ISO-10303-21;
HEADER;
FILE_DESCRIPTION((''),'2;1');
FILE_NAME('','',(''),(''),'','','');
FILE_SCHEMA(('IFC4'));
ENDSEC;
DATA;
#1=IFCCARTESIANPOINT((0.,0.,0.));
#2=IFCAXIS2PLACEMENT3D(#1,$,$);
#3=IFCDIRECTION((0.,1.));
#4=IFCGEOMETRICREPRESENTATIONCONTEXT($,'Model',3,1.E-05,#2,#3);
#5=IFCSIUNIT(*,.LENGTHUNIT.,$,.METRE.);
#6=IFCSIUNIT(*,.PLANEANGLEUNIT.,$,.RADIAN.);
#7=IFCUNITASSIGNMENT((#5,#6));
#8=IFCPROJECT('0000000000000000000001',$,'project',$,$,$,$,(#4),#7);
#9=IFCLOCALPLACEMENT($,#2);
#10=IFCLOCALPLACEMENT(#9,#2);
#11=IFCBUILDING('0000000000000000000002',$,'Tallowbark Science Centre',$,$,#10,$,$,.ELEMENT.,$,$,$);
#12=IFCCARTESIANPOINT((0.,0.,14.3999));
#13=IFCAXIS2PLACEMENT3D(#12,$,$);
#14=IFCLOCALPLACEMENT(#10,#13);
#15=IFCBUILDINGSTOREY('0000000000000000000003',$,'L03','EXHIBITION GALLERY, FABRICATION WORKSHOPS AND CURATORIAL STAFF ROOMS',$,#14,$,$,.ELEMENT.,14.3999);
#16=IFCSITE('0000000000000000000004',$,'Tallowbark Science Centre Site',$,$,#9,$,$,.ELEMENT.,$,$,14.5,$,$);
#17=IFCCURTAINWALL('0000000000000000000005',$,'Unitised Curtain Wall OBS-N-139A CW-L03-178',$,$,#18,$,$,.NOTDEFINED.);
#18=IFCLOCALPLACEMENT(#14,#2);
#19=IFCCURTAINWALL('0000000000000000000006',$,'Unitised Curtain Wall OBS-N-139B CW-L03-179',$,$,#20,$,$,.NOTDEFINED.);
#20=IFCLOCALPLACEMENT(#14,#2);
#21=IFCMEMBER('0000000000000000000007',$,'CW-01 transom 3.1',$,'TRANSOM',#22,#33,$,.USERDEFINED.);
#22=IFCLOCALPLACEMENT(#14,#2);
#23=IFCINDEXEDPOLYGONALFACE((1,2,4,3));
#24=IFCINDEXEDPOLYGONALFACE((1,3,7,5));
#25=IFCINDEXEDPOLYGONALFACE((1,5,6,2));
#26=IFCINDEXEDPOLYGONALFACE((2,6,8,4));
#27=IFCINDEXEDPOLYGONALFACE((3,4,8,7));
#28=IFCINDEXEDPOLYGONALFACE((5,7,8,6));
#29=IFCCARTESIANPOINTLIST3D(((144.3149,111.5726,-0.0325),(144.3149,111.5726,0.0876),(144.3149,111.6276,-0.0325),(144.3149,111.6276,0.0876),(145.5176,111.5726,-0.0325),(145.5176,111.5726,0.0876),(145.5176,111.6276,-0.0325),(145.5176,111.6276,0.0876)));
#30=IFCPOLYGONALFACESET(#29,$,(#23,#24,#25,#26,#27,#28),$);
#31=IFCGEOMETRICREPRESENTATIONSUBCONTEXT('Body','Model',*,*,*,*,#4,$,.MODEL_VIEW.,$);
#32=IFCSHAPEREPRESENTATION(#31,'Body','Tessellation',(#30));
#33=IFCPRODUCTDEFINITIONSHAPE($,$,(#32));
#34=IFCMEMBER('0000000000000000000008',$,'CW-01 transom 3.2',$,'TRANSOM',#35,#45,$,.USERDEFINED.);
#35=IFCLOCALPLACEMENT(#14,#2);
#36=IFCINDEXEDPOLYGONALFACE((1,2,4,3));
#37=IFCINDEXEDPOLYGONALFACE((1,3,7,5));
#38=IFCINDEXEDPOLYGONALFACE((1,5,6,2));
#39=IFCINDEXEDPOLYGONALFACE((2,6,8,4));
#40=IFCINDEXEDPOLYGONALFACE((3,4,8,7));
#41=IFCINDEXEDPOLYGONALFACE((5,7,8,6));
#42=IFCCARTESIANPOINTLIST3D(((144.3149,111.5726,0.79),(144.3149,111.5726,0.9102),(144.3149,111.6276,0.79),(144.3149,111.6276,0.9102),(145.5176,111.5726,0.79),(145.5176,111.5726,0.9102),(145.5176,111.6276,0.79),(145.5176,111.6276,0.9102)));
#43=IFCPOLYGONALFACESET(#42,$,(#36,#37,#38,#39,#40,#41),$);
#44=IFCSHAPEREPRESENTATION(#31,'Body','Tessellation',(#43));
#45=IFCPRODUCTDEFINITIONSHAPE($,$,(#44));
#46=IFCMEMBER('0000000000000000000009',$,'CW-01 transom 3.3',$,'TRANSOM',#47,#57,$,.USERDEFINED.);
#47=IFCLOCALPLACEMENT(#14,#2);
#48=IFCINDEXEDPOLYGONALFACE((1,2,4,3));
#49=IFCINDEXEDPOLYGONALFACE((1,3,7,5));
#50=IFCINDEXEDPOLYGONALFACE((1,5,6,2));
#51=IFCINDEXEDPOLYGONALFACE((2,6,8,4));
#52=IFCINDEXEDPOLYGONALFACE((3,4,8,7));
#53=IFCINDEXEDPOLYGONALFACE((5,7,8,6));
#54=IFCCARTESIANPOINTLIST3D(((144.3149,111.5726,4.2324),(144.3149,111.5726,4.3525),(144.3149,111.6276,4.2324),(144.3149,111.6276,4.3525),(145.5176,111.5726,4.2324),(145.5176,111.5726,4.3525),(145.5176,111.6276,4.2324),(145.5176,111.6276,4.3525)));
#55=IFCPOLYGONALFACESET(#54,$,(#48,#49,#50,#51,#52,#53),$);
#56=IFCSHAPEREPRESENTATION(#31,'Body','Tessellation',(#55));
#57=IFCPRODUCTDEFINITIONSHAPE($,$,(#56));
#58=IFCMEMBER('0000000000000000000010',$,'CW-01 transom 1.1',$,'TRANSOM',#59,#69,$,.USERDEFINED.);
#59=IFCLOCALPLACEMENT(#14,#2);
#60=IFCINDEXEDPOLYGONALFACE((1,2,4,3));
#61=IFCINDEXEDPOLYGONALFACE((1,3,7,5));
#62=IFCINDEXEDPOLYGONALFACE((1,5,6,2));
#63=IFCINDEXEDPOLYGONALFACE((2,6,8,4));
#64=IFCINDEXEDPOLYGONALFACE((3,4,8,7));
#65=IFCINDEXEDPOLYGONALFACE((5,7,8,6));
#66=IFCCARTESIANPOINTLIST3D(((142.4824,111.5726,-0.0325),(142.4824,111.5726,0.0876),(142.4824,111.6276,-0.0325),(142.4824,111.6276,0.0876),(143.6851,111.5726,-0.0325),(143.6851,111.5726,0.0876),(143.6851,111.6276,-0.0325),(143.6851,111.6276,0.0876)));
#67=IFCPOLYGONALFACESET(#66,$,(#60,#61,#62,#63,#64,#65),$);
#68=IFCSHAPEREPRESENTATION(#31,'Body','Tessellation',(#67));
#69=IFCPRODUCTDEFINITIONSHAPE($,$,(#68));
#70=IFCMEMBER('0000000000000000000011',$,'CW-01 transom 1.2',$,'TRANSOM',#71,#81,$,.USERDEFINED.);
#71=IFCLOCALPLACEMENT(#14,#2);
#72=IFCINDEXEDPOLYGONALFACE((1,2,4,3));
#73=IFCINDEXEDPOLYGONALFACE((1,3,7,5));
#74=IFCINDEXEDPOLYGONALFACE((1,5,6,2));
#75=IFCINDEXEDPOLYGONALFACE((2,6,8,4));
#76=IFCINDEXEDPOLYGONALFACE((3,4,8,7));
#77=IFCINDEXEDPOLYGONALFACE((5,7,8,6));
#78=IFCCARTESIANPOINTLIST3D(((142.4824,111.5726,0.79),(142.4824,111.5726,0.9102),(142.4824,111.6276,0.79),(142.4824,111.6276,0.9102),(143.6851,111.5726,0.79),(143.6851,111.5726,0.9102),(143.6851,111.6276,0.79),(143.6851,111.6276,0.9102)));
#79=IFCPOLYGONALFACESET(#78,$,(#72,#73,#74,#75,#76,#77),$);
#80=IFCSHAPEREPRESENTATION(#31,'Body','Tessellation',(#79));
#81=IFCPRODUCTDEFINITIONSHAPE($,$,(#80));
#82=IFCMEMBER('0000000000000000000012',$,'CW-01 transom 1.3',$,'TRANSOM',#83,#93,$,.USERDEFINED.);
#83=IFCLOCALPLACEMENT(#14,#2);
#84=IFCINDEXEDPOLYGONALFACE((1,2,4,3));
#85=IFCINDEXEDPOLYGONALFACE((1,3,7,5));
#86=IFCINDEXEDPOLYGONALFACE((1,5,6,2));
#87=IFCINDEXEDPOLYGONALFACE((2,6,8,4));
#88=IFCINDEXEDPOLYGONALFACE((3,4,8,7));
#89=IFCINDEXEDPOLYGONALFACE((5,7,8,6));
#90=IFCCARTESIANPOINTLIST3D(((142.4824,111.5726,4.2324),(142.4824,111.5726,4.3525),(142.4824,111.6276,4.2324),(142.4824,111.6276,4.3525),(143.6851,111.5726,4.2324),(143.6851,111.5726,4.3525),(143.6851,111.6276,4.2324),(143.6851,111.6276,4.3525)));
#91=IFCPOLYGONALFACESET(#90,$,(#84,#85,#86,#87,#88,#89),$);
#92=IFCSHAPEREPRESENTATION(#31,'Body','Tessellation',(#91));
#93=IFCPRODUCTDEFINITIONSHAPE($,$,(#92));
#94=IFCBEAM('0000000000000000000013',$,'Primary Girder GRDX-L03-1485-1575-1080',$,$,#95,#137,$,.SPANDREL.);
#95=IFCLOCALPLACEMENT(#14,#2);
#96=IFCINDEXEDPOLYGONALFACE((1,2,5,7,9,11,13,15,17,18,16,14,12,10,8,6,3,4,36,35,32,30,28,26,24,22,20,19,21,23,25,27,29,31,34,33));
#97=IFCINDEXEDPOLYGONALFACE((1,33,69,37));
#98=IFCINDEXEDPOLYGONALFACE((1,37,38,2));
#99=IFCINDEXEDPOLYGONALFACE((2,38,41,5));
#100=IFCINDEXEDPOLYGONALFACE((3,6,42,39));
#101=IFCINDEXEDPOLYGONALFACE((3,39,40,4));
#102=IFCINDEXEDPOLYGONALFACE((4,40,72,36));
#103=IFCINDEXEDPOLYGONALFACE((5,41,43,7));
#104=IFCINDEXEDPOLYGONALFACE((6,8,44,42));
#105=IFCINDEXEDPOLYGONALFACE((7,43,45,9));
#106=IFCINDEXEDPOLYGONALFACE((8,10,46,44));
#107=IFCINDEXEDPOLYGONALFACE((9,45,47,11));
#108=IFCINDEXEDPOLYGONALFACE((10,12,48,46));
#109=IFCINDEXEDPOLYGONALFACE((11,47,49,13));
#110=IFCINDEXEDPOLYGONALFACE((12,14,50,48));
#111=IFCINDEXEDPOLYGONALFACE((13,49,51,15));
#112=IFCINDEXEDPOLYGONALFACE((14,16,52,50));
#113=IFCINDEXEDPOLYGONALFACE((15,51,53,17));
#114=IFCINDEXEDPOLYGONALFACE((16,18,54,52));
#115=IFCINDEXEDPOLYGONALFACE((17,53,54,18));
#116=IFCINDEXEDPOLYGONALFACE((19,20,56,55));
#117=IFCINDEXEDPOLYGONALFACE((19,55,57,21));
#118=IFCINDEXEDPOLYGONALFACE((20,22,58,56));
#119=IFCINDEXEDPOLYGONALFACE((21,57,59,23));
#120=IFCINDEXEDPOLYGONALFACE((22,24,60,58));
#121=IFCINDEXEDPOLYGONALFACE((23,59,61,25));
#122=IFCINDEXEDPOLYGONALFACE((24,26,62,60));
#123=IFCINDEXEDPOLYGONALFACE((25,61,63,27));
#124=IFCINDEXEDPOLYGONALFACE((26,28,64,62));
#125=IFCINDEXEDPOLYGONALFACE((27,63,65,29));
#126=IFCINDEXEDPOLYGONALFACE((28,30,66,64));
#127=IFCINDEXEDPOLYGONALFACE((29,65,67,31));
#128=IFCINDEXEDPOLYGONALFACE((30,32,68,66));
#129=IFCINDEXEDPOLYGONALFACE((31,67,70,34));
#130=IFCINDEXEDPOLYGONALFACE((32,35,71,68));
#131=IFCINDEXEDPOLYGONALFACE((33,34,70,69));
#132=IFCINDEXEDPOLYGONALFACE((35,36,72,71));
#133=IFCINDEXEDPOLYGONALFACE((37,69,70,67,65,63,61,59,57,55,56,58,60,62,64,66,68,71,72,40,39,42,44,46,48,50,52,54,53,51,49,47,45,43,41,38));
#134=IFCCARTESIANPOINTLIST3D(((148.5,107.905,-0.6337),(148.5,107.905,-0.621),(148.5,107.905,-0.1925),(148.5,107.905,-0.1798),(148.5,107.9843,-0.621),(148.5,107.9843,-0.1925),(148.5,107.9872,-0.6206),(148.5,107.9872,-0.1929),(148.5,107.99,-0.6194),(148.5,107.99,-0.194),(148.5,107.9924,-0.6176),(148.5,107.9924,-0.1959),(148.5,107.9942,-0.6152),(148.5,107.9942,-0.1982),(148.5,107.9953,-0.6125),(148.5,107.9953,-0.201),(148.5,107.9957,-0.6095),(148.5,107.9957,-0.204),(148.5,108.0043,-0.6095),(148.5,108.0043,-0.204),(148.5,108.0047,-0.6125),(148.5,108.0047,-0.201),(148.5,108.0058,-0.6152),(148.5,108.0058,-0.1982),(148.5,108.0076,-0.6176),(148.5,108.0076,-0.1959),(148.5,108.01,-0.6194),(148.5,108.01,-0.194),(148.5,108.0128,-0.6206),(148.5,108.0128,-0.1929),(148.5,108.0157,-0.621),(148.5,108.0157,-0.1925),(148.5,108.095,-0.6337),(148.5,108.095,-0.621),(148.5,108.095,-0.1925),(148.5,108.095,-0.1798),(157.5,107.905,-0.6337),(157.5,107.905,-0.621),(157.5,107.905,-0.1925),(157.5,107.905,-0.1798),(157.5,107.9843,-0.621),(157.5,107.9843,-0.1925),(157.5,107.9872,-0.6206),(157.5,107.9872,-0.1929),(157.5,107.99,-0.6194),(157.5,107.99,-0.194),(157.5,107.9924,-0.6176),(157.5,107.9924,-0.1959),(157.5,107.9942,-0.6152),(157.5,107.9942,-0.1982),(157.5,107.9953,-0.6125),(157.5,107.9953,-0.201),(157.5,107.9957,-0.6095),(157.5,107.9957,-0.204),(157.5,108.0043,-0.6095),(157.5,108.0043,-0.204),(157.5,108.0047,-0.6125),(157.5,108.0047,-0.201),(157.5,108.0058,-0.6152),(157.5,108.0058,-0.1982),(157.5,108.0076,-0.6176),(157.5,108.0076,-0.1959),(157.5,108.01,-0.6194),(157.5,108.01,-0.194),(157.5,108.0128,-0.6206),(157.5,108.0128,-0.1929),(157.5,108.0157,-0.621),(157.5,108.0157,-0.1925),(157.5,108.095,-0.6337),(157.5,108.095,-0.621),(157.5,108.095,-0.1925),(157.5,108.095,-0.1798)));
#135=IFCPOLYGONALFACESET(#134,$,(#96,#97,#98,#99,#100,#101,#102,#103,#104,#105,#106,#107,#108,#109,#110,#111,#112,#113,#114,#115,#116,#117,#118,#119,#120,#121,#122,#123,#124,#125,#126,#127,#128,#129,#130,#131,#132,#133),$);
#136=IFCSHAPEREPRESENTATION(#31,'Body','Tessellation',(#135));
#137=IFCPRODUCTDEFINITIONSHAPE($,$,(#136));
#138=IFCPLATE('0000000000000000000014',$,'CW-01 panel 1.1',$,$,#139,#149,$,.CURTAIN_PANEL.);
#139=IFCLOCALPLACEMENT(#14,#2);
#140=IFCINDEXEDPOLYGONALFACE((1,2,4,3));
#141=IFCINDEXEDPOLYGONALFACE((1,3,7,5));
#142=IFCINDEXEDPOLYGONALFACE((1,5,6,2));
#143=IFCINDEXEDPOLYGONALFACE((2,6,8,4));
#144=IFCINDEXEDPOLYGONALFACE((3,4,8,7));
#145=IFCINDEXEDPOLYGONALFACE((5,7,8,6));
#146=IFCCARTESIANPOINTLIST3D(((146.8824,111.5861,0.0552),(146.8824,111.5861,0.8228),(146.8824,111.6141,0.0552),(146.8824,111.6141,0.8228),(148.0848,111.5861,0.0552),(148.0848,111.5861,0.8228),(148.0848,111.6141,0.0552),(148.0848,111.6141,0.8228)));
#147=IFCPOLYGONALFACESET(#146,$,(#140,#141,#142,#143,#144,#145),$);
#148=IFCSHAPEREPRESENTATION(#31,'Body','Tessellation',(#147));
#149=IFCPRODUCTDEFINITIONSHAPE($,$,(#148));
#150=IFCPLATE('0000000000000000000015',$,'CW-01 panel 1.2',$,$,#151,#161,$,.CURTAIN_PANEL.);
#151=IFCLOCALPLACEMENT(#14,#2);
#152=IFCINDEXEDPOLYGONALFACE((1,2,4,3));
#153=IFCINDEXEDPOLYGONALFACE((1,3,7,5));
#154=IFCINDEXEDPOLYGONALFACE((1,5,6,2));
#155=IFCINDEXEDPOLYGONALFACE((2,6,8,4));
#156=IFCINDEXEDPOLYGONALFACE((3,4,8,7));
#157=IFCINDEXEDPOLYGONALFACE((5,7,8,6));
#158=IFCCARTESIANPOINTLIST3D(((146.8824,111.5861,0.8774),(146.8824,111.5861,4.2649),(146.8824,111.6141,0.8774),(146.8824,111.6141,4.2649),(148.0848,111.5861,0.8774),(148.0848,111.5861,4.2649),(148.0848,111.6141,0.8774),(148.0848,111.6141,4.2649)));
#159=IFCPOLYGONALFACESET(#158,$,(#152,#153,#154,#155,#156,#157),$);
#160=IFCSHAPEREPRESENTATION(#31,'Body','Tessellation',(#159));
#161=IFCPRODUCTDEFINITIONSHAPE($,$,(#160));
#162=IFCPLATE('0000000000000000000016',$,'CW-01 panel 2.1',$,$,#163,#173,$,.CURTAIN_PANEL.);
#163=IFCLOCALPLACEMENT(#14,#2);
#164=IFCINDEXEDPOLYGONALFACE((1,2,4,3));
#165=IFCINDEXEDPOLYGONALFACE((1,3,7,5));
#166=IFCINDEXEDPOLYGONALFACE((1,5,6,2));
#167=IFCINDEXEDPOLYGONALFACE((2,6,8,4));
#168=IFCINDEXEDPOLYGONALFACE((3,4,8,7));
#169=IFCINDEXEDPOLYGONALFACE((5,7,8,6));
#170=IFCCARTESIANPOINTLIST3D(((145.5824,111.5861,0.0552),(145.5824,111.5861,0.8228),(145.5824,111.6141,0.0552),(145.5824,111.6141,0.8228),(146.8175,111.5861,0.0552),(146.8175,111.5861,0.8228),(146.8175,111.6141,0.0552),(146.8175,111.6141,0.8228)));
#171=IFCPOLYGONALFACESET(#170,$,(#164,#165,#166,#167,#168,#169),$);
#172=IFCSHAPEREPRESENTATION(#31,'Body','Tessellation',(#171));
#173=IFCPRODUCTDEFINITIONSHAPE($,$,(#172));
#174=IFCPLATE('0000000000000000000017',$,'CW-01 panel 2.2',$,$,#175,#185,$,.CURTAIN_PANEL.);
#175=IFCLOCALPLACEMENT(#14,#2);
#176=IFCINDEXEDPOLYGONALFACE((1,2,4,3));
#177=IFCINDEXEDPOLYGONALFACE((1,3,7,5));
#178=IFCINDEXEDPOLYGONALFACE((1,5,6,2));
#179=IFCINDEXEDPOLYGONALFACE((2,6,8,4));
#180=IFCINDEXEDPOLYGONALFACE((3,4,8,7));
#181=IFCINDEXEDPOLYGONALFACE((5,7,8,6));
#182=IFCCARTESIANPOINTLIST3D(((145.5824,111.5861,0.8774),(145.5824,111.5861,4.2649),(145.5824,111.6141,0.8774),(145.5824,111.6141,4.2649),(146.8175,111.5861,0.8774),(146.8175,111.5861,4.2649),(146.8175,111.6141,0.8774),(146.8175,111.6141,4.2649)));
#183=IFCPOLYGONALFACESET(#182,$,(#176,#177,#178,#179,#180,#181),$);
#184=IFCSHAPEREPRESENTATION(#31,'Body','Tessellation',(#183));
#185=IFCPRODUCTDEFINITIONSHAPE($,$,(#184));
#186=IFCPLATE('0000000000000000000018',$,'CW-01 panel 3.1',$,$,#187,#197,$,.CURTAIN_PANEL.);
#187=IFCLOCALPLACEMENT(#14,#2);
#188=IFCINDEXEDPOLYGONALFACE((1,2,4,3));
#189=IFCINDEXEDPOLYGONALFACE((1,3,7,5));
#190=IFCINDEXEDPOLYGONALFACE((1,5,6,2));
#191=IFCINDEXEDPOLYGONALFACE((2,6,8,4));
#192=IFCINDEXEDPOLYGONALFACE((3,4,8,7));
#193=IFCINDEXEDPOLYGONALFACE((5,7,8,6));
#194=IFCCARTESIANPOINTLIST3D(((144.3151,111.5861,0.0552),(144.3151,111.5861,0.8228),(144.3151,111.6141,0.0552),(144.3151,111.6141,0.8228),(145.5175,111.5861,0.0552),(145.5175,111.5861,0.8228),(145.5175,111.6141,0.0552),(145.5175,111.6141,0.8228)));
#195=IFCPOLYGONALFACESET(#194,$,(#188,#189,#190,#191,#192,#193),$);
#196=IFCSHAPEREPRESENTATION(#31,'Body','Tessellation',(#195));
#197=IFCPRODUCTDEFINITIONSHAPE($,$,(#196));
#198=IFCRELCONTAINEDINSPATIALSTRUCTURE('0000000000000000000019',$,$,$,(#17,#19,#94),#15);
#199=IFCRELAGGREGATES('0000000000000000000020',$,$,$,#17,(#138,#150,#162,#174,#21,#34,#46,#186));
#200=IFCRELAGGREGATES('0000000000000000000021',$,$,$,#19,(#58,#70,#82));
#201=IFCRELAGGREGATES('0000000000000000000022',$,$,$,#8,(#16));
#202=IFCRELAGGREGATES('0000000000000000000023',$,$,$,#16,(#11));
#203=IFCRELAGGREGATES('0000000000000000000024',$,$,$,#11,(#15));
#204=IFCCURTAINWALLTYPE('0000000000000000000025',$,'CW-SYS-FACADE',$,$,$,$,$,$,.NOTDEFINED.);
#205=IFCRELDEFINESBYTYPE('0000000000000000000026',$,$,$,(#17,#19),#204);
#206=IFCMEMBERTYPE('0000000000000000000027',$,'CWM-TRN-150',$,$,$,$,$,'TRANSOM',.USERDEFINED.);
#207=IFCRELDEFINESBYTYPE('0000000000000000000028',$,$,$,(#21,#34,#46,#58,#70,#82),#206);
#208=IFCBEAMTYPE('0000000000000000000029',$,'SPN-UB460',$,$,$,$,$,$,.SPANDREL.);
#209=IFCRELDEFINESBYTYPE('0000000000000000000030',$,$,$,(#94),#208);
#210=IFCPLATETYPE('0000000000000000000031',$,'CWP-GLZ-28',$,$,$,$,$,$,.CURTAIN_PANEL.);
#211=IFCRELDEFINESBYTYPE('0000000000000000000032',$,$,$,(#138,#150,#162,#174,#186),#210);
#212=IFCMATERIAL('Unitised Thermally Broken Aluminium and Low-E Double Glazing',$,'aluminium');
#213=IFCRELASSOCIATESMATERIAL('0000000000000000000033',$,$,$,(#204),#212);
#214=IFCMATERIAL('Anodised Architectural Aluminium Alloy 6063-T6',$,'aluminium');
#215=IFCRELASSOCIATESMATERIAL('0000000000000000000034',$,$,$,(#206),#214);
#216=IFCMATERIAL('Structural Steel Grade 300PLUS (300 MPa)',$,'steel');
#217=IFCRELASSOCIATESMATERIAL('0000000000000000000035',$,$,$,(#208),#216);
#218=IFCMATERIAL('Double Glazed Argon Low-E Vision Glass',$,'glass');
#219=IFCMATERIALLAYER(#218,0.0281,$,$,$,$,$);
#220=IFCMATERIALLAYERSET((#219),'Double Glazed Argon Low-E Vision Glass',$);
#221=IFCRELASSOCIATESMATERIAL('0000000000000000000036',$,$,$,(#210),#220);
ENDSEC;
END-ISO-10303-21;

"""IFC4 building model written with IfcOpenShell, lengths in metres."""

from ifc_helpers import new_model, si_unit, direction, frame, origin, origin_2d, place, context, subcontext, project, spatial, rectangle, i_section, extrude, material, layer, layer_set, material_profile, profile_set, type_object, element, aggregate, save


model = new_model("IFC4")

# Units and contexts
model_context = context("Model", 3, precision=1e-05, world=origin(), true_north=direction((0.0, 1.0)))
body_context = subcontext(model_context, "Body", "Model", "MODEL_VIEW")
ifc_project = project(units=[si_unit("LENGTHUNIT", "METRE"), si_unit("PLANEANGLEUNIT", "RADIAN")], contexts=[model_context])

# Site, building, storey
site_placement = place(None, origin())
site = spatial("IfcSite", under=ifc_project, at=site_placement, Name="Tallowbark Science Centre Site", CompositionType="ELEMENT", RefElevation=14.5)
building_placement = place(site_placement, origin())
building = spatial("IfcBuilding", under=site, at=building_placement, Name="Tallowbark Science Centre", CompositionType="ELEMENT")
storey_placement = place(building_placement, frame((0.0, 0.0, 14.3999)))
storey = spatial("IfcBuildingStorey", under=building, at=storey_placement, Name="L03", Description="EXHIBITION GALLERY, FABRICATION WORKSHOPS AND CURATORIAL STAFF ROOMS", CompositionType="ELEMENT", Elevation=14.3999)

# Shared definitions
ifc_material_1 = material(Name="Structural Steel Grade 300PLUS (300 MPa)", Category="steel")

# Curtain wall
ifc_material_2 = material(Name="Unitised Thermally Broken Aluminium and Low-E Double Glazing", Category="aluminium")
curtain_wall_type = type_object("IfcCurtainWallType", Name="CW-SYS-FACADE", PredefinedType="NOTDEFINED", material=ifc_material_2)
curtain_wall_1_placement = place(storey_placement, origin())
curtain_wall_1 = element("IfcCurtainWall", 1, at=curtain_wall_1_placement, inside=storey, type_object=curtain_wall_type, Name="Unitised Curtain Wall OBS-N-139A CW-L03-178", PredefinedType="NOTDEFINED")
ifc_material_3 = material(Name="Anodised Architectural Aluminium Alloy 6063-T6", Category="aluminium")

# Curtain wall
curtain_wall_2_placement = place(storey_placement, origin())
curtain_wall_2 = element("IfcCurtainWall", 2, at=curtain_wall_2_placement, inside=storey, type_object=curtain_wall_type, Name="Unitised Curtain Wall OBS-N-139B CW-L03-179", PredefinedType="NOTDEFINED")

# Members
ifc_material_profile_1 = material_profile(ifc_material_3, rectangle(XDim=0.0549, YDim=0.1201, at=origin_2d()), Name="ALU55x120")
ifc_profile_set_1 = profile_set([ifc_material_profile_1], Name="Anodised Architectural Aluminium Alloy 6063-T6")
member_type_1 = type_object("IfcMemberType", Name="CWM-TRN-150", ElementType="TRANSOM", PredefinedType="USERDEFINED", material=ifc_profile_set_1)
member_1_placement = place(storey_placement, frame((145.5176, 111.6001, 0.0276), z_axis=(-1.0, 0.0, 0.0), x_axis=(0.0, -1.0, 0.0)))
member_1 = element("IfcMember", 3, at=member_1_placement, type_object=member_type_1, Name="CW-01 transom 3.1", ObjectType="TRANSOM", PredefinedType="USERDEFINED", context=body_context, shape_type="SweptSolid", body=[
    extrude(rectangle(XDim=0.0549, YDim=0.1201, at=origin_2d()), origin(), (0.0, 0.0, 1.0), 1.2026),
])
member_2_placement = place(storey_placement, frame((145.5176, 111.6001, 0.8501), z_axis=(-1.0, 0.0, 0.0), x_axis=(0.0, -1.0, 0.0)))
member_2 = element("IfcMember", 4, at=member_2_placement, type_object=member_type_1, Name="CW-01 transom 3.2", ObjectType="TRANSOM", PredefinedType="USERDEFINED", context=body_context, shape_type="SweptSolid", body=[
    extrude(rectangle(XDim=0.0549, YDim=0.1201, at=origin_2d()), origin(), (0.0, 0.0, 1.0), 1.2026),
])
member_3_placement = place(storey_placement, frame((145.5176, 111.6001, 4.2925), z_axis=(-1.0, 0.0, 0.0), x_axis=(0.0, -1.0, 0.0)))
member_3 = element("IfcMember", 5, at=member_3_placement, type_object=member_type_1, Name="CW-01 transom 3.3", ObjectType="TRANSOM", PredefinedType="USERDEFINED", context=body_context, shape_type="SweptSolid", body=[
    extrude(rectangle(XDim=0.0549, YDim=0.1201, at=origin_2d()), origin(), (0.0, 0.0, 1.0), 1.2026),
])
member_4_placement = place(storey_placement, frame((143.6851, 111.6001, 0.0276), z_axis=(-1.0, 0.0, 0.0), x_axis=(0.0, -1.0, 0.0)))
member_4 = element("IfcMember", 6, at=member_4_placement, type_object=member_type_1, Name="CW-01 transom 1.1", ObjectType="TRANSOM", PredefinedType="USERDEFINED", context=body_context, shape_type="SweptSolid", body=[
    extrude(rectangle(XDim=0.0549, YDim=0.1201, at=origin_2d()), origin(), (0.0, 0.0, 1.0), 1.2026),
])
member_5_placement = place(storey_placement, frame((143.6851, 111.6001, 0.8501), z_axis=(-1.0, 0.0, 0.0), x_axis=(0.0, -1.0, 0.0)))
member_5 = element("IfcMember", 7, at=member_5_placement, type_object=member_type_1, Name="CW-01 transom 1.2", ObjectType="TRANSOM", PredefinedType="USERDEFINED", context=body_context, shape_type="SweptSolid", body=[
    extrude(rectangle(XDim=0.0549, YDim=0.1201, at=origin_2d()), origin(), (0.0, 0.0, 1.0), 1.2026),
])
member_6_placement = place(storey_placement, frame((143.6851, 111.6001, 4.2925), z_axis=(-1.0, 0.0, 0.0), x_axis=(0.0, -1.0, 0.0)))
member_6 = element("IfcMember", 8, at=member_6_placement, type_object=member_type_1, Name="CW-01 transom 1.3", ObjectType="TRANSOM", PredefinedType="USERDEFINED", context=body_context, shape_type="SweptSolid", body=[
    extrude(rectangle(XDim=0.0549, YDim=0.1201, at=origin_2d()), origin(), (0.0, 0.0, 1.0), 1.2026),
])

# Beam
ifc_material_profile_2 = material_profile(ifc_material_1, i_section(OverallWidth=0.1899, OverallDepth=0.4539, WebThickness=0.0085, FlangeThickness=0.0127, FilletRadius=0.0115, at=origin_2d()), Name="460UB67.1")
ifc_profile_set_2 = profile_set([ifc_material_profile_2], Name="Structural Steel Grade 300PLUS (300 MPa)")
beam_type = type_object("IfcBeamType", Name="SPN-UB460", PredefinedType="SPANDREL", material=ifc_profile_set_2)
beam_placement = place(storey_placement, frame((148.5, 108.0, -0.4067), z_axis=(1.0, 0.0, 0.0), x_axis=(0.0, 1.0, 0.0)))
element("IfcBeam", 9, at=beam_placement, inside=storey, type_object=beam_type, Name="Primary Girder GRDX-L03-1485-1575-1080", PredefinedType="SPANDREL", context=body_context, shape_type="SweptSolid", body=[
    extrude(i_section(OverallWidth=0.1899, OverallDepth=0.4539, WebThickness=0.0085, FlangeThickness=0.0127, FilletRadius=0.0115, at=origin_2d()), origin(), (0.0, 0.0, 1.0), 9.0),
])

# Plates
ifc_material_4 = material(Name="Double Glazed Argon Low-E Vision Glass", Category="glass")
ifc_layer_1 = layer(ifc_material_4, 0.0281)
ifc_layer_set_1 = layer_set([ifc_layer_1], Name="Double Glazed Argon Low-E Vision Glass")
plate_type = type_object("IfcPlateType", Name="CWP-GLZ-28", PredefinedType="CURTAIN_PANEL", material=ifc_layer_set_1)
plate_1_placement = place(storey_placement, frame((147.4836, 111.6001, 0.0552), z_axis=(0.0, 0.0, 1.0), x_axis=(-1.0, 0.0, 0.0)))
plate_1 = element("IfcPlate", 10, at=plate_1_placement, type_object=plate_type, Name="CW-01 panel 1.1", PredefinedType="CURTAIN_PANEL", context=body_context, shape_type="SweptSolid", body=[
    extrude(rectangle(XDim=1.2024, YDim=0.0281, at=origin_2d()), origin(), (0.0, 0.0, 1.0), 0.7676),
])
plate_2_placement = place(storey_placement, frame((147.4836, 111.6001, 0.8774), z_axis=(0.0, 0.0, 1.0), x_axis=(-1.0, 0.0, 0.0)))
plate_2 = element("IfcPlate", 11, at=plate_2_placement, type_object=plate_type, Name="CW-01 panel 1.2", PredefinedType="CURTAIN_PANEL", context=body_context, shape_type="SweptSolid", body=[
    extrude(rectangle(XDim=1.2024, YDim=0.0281, at=origin_2d()), origin(), (0.0, 0.0, 1.0), 3.3875),
])
plate_3_placement = place(storey_placement, frame((146.2, 111.6001, 0.0552), z_axis=(0.0, 0.0, 1.0), x_axis=(-1.0, 0.0, 0.0)))
plate_3 = element("IfcPlate", 12, at=plate_3_placement, type_object=plate_type, Name="CW-01 panel 2.1", PredefinedType="CURTAIN_PANEL", context=body_context, shape_type="SweptSolid", body=[
    extrude(rectangle(XDim=1.2351, YDim=0.0281, at=origin_2d()), origin(), (0.0, 0.0, 1.0), 0.7676),
])
plate_4_placement = place(storey_placement, frame((146.2, 111.6001, 0.8774), z_axis=(0.0, 0.0, 1.0), x_axis=(-1.0, 0.0, 0.0)))
plate_4 = element("IfcPlate", 13, at=plate_4_placement, type_object=plate_type, Name="CW-01 panel 2.2", PredefinedType="CURTAIN_PANEL", context=body_context, shape_type="SweptSolid", body=[
    extrude(rectangle(XDim=1.2351, YDim=0.0281, at=origin_2d()), origin(), (0.0, 0.0, 1.0), 3.3875),
])
plate_5_placement = place(storey_placement, frame((144.9163, 111.6001, 0.0552), z_axis=(0.0, 0.0, 1.0), x_axis=(-1.0, 0.0, 0.0)))
plate_5 = element("IfcPlate", 14, at=plate_5_placement, type_object=plate_type, Name="CW-01 panel 3.1", PredefinedType="CURTAIN_PANEL", context=body_context, shape_type="SweptSolid", body=[
    extrude(rectangle(XDim=1.2024, YDim=0.0281, at=origin_2d()), origin(), (0.0, 0.0, 1.0), 0.7676),
])
aggregate(curtain_wall_1, [plate_1, plate_2, plate_3, plate_4, member_1, member_2, member_3, plate_5])
aggregate(curtain_wall_2, [member_4, member_5, member_6])

save(model, "model.ifc")
